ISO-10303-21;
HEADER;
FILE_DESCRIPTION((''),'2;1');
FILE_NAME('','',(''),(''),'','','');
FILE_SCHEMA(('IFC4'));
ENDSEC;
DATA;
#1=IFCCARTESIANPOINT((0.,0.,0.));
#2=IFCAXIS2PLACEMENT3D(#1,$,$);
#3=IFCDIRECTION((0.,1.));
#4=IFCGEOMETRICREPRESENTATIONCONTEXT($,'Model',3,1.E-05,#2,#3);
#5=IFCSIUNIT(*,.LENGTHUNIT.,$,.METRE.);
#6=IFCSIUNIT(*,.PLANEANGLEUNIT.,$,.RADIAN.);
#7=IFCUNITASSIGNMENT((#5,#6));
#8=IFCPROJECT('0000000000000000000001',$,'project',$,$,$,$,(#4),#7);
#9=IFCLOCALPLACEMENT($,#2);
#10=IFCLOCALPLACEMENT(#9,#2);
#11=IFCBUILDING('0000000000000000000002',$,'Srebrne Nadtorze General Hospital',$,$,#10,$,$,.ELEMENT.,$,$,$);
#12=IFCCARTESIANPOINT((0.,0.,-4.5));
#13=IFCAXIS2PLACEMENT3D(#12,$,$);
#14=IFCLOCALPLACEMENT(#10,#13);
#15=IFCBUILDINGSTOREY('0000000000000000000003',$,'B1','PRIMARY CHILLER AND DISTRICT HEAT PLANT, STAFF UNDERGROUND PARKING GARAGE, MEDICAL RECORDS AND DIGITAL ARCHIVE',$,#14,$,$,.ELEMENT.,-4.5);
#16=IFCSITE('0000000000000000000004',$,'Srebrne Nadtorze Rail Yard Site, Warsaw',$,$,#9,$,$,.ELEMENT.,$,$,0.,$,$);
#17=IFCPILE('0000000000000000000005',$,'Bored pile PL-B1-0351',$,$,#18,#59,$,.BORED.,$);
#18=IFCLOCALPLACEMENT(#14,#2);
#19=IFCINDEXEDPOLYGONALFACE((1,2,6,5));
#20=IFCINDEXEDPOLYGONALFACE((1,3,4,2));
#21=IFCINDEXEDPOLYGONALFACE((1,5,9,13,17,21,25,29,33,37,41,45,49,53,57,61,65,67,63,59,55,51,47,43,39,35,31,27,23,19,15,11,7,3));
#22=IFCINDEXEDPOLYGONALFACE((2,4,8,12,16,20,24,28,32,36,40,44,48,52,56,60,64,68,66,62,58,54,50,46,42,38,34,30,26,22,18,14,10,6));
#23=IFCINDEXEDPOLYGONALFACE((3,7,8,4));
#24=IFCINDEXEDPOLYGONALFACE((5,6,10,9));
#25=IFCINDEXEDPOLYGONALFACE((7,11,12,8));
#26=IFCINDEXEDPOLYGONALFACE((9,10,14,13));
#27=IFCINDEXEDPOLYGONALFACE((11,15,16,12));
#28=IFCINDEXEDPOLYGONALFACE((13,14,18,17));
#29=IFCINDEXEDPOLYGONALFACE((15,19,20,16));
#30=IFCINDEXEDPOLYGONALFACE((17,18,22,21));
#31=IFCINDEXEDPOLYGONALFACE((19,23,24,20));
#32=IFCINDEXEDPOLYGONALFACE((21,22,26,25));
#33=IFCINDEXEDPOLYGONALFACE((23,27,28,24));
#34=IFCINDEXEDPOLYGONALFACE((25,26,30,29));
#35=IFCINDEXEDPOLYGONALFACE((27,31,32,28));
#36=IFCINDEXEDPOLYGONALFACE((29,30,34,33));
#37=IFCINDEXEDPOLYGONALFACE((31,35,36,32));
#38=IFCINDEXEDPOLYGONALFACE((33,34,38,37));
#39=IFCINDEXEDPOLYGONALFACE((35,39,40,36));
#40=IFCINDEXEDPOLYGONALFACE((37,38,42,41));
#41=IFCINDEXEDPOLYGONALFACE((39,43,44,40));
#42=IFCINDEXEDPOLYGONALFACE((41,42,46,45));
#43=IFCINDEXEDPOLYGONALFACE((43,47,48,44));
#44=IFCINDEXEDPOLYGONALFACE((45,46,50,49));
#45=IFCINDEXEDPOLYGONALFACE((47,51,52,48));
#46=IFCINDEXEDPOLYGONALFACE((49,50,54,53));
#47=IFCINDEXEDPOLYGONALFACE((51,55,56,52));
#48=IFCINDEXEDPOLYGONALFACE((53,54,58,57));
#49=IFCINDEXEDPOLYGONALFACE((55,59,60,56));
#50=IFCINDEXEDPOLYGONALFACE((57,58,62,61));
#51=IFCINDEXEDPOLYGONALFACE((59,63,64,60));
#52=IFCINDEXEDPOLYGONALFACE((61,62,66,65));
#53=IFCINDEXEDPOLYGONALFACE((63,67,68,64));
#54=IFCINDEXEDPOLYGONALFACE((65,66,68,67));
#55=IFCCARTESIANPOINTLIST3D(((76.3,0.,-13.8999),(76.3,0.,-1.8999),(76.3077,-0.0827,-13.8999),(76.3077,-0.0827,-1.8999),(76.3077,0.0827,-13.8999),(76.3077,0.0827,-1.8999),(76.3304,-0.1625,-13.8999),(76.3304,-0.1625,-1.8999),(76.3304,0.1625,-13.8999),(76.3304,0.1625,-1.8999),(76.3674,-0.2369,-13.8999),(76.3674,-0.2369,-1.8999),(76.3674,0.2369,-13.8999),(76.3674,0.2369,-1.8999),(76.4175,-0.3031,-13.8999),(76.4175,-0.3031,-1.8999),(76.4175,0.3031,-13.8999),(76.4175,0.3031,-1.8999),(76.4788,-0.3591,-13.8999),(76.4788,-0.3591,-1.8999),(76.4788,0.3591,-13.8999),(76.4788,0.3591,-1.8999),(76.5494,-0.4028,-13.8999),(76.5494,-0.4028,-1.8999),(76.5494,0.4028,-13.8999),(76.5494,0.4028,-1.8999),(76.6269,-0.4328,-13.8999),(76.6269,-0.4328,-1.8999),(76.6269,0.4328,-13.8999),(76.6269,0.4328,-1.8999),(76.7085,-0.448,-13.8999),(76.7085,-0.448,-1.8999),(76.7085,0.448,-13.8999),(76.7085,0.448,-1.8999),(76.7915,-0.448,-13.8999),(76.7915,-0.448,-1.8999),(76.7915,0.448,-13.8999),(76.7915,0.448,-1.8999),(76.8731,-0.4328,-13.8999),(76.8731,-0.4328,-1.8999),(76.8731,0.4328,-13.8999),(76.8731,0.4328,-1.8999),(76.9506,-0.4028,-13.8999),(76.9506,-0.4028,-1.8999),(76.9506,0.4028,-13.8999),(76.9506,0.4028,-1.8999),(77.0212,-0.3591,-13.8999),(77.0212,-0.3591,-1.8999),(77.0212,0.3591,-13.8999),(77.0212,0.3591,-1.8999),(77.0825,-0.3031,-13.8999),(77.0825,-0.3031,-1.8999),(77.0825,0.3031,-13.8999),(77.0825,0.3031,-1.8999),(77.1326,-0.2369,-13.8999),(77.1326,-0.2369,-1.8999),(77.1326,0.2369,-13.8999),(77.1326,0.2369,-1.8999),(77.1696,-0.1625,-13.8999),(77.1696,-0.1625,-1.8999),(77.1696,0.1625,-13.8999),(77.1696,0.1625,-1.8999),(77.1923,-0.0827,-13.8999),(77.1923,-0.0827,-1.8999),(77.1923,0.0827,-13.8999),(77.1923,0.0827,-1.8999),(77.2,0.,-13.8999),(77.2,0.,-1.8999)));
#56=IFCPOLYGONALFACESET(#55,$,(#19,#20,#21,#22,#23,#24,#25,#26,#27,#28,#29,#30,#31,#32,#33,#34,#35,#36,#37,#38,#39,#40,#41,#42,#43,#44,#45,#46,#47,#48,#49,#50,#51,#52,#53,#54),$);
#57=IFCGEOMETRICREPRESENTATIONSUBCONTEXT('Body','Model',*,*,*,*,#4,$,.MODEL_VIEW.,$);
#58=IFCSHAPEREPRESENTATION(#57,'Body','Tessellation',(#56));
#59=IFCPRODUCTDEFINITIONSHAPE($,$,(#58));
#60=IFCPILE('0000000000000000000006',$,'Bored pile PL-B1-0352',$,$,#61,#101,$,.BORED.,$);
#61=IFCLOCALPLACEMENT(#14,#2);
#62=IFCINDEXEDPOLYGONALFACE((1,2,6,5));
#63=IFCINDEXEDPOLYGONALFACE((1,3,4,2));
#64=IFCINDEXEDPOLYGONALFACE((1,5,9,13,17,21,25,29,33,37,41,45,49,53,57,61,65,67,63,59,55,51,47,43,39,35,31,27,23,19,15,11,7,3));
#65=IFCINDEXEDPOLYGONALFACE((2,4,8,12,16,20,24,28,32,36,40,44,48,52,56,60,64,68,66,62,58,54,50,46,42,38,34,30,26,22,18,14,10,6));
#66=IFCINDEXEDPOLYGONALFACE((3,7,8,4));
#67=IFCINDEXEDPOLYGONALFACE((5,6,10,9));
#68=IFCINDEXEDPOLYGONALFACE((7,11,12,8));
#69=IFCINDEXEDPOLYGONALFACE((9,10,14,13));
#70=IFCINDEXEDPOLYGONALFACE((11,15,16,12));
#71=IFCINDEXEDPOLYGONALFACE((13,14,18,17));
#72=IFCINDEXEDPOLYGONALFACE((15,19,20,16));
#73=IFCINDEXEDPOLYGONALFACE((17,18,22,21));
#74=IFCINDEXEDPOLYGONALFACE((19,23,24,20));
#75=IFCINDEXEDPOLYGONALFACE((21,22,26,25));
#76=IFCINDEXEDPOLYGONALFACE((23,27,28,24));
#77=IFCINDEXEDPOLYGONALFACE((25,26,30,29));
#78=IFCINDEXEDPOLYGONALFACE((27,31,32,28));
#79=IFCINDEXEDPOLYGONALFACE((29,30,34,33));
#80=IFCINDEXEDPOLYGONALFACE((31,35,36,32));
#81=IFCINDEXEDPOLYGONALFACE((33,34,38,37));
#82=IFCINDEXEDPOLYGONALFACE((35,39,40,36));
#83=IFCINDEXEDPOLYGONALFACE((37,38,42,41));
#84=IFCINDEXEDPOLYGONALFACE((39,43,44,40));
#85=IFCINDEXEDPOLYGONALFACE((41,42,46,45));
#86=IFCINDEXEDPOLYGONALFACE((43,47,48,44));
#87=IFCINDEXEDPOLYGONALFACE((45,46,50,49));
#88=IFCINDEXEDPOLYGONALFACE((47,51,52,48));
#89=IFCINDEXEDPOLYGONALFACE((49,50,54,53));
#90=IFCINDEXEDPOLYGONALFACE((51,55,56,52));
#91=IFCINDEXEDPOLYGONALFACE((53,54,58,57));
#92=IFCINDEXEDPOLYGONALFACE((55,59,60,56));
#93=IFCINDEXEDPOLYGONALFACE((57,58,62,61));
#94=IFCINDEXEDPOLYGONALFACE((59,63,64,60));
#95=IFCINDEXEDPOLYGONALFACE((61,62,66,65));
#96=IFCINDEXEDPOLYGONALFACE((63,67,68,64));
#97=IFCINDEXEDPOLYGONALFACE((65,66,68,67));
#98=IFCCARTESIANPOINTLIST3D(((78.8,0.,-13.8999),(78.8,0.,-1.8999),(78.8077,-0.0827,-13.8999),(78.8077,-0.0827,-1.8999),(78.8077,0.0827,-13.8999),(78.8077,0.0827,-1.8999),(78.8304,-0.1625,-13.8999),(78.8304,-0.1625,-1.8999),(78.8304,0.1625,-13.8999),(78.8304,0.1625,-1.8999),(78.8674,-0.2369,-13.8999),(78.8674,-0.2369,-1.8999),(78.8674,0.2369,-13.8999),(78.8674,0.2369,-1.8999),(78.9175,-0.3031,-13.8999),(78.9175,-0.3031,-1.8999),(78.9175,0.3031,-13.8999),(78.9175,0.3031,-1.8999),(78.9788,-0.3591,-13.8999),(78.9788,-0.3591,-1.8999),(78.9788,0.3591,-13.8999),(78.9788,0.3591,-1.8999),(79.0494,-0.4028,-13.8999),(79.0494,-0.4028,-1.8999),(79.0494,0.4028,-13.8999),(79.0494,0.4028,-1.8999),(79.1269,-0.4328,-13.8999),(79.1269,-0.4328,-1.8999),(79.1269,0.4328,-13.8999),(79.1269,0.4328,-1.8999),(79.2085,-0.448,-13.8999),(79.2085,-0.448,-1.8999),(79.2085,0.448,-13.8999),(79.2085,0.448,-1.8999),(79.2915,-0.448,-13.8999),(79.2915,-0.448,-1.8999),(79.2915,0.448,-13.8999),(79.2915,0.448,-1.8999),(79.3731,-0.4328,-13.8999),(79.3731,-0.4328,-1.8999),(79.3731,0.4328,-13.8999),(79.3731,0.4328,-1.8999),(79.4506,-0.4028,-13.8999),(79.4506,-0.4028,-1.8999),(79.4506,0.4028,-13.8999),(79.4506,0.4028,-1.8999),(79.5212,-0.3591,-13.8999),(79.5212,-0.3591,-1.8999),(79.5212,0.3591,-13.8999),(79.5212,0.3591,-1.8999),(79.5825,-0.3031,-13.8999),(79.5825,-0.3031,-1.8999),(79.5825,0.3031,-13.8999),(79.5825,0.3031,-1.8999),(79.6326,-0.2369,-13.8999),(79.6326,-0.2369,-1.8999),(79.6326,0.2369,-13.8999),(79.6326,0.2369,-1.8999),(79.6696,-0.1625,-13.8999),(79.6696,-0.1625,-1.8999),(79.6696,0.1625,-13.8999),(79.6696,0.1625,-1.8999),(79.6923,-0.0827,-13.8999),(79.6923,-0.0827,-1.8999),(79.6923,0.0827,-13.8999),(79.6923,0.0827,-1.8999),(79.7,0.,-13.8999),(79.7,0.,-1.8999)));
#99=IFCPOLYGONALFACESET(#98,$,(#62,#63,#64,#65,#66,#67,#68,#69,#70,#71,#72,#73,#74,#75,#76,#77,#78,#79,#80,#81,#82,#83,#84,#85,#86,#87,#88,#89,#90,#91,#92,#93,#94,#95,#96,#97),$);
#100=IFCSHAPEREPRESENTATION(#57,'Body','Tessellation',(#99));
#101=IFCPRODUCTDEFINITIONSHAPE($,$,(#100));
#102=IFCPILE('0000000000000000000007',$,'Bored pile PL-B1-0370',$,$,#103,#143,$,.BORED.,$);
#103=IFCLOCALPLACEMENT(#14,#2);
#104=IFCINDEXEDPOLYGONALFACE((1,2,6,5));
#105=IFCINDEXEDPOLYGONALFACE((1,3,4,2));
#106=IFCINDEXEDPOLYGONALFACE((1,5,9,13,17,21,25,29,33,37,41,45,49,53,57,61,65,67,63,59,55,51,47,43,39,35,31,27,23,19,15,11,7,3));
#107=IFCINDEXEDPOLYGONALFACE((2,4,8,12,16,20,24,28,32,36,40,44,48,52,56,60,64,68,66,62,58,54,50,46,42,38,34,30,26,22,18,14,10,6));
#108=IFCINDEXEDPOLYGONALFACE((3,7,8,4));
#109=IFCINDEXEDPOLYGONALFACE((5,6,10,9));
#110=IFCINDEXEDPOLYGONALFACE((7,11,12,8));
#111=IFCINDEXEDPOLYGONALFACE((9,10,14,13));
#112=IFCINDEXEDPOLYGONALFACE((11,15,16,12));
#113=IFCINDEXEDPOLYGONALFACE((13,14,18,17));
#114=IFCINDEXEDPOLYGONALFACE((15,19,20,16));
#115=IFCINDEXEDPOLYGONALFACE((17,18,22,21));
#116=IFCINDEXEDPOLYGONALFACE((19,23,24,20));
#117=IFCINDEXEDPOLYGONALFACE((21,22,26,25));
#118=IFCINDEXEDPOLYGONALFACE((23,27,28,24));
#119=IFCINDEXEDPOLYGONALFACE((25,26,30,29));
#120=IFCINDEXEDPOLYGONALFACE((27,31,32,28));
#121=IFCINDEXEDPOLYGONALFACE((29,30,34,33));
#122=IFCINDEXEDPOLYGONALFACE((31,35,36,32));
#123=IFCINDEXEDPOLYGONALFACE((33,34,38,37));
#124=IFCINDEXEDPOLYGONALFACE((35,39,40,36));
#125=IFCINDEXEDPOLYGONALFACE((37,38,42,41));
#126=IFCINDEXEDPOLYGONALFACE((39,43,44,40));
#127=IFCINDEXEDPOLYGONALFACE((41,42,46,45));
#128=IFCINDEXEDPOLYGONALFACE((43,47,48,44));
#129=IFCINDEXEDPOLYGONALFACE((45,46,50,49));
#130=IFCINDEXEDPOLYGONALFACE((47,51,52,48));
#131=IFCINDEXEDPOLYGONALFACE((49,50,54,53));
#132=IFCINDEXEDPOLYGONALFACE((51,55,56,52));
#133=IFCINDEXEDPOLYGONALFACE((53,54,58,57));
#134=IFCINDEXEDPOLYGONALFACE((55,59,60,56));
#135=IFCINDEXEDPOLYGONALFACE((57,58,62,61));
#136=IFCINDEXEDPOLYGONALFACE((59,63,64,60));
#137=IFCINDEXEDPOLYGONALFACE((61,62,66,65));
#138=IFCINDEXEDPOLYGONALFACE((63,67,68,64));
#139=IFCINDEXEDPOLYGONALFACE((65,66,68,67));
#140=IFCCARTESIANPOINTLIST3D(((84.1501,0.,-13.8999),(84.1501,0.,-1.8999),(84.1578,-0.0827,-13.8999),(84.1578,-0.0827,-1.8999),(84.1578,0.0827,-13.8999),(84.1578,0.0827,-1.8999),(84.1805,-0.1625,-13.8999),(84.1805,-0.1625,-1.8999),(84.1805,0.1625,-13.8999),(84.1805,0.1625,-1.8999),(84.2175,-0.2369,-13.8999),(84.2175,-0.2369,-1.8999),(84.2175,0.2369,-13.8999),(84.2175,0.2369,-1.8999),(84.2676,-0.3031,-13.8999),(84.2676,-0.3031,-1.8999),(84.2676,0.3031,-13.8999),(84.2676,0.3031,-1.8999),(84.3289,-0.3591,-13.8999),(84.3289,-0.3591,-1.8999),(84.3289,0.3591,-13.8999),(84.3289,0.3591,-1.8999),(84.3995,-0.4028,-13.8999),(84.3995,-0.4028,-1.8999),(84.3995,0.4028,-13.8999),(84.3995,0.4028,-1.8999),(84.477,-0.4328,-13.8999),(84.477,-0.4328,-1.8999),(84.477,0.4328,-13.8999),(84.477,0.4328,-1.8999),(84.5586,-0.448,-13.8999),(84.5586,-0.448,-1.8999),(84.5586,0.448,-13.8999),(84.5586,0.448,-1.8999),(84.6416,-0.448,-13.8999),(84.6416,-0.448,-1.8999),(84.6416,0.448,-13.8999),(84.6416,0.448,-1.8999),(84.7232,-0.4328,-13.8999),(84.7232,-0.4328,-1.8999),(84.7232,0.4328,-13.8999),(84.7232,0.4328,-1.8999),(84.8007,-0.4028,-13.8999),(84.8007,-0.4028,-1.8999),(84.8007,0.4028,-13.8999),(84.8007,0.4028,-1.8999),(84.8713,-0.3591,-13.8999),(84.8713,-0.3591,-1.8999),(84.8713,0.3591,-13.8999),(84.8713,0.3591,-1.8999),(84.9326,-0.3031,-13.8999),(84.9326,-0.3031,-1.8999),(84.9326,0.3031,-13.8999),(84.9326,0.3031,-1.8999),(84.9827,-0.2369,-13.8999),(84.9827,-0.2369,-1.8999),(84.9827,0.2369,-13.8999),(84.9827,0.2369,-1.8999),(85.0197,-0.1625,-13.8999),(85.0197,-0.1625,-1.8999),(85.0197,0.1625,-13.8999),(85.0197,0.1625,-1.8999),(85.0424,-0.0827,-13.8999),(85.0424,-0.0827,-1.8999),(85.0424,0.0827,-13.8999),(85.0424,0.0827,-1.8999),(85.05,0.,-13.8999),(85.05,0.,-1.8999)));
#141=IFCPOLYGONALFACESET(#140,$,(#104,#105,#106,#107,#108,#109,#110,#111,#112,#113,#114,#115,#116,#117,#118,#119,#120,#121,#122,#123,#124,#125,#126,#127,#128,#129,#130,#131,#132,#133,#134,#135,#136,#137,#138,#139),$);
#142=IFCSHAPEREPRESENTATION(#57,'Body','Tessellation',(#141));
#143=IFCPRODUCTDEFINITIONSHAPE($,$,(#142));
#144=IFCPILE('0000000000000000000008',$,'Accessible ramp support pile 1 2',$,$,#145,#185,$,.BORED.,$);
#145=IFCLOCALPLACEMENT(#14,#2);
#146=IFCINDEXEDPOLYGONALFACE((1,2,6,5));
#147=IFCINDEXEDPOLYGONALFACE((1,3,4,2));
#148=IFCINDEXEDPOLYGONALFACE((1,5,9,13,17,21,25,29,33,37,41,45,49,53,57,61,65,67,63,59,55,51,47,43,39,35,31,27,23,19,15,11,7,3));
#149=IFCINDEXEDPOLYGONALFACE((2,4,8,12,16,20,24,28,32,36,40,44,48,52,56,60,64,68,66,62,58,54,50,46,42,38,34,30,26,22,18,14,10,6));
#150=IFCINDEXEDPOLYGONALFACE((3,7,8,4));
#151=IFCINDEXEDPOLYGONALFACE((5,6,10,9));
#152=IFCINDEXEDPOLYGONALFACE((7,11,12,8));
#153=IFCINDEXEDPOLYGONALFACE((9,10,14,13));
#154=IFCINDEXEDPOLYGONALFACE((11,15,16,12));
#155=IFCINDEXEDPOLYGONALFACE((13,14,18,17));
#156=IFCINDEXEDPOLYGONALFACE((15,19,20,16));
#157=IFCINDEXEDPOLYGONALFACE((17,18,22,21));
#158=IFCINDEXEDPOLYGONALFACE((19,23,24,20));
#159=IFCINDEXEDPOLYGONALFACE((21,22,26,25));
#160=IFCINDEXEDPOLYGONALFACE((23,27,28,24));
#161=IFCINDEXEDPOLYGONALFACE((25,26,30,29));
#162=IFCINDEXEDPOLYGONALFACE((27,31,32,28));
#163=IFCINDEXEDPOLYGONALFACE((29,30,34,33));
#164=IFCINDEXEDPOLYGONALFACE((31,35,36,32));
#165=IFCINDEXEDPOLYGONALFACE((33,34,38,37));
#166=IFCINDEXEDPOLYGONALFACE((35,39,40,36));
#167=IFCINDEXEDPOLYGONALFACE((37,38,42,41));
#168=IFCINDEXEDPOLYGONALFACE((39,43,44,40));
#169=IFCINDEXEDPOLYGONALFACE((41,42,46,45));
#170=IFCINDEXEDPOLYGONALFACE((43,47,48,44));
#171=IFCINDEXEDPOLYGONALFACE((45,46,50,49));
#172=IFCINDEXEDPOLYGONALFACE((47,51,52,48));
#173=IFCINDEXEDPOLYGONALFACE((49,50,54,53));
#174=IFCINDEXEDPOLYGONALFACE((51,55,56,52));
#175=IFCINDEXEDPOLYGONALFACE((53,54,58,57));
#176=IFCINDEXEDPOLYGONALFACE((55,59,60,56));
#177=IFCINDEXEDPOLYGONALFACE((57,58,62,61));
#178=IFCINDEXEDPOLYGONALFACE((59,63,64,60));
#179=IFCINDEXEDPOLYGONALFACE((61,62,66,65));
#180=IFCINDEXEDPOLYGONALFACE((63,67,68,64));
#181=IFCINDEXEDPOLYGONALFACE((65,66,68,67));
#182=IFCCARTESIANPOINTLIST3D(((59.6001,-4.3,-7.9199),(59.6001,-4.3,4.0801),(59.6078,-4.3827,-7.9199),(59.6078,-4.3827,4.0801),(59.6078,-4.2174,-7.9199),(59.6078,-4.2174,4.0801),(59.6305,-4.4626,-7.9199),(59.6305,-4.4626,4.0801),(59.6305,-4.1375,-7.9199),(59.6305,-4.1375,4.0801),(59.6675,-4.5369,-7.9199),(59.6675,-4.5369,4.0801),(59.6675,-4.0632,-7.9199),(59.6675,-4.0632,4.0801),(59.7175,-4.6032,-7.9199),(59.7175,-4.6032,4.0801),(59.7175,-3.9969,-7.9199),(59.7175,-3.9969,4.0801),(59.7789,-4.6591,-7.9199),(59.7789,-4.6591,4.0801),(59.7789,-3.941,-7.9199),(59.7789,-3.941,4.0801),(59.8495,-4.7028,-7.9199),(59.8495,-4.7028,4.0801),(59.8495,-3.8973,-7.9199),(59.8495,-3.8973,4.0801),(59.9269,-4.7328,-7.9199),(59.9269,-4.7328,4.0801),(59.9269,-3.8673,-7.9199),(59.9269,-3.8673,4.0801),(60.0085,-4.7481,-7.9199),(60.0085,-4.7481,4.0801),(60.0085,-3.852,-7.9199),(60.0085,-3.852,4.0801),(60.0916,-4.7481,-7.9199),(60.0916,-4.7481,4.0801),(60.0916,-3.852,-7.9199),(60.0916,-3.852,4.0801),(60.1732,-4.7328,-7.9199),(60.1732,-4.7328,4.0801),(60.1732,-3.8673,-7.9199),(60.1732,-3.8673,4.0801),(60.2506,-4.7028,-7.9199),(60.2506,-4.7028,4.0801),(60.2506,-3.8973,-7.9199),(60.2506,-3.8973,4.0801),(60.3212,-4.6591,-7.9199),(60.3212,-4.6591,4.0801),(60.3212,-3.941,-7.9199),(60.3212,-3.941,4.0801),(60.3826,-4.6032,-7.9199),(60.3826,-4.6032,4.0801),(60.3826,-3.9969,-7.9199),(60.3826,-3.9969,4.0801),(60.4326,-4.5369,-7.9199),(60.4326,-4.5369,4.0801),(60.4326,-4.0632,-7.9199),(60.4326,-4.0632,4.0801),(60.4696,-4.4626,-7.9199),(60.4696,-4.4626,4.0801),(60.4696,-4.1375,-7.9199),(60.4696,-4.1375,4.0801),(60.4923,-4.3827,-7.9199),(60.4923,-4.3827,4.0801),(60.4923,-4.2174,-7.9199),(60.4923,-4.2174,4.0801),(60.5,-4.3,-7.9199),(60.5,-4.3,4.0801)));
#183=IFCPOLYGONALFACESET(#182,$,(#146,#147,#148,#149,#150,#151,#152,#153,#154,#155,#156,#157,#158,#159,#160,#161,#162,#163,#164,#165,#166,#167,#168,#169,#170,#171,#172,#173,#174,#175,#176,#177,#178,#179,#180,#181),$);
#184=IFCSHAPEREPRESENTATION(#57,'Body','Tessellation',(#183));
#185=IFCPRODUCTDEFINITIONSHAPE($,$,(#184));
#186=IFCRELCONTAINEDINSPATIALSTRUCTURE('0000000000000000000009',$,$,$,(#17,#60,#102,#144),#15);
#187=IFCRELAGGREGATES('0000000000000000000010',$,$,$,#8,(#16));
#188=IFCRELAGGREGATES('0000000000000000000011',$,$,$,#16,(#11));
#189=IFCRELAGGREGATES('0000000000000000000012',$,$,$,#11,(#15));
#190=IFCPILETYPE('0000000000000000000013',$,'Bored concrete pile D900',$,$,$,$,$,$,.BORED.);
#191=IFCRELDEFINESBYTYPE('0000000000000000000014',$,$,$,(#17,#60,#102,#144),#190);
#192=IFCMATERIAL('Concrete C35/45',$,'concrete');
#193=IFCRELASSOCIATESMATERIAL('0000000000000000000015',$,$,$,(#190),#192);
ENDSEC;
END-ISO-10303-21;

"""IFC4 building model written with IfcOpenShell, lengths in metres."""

from ifc_helpers import new_model, si_unit, direction, frame, origin, origin_2d, place, context, subcontext, project, spatial, circle, extrude, material, material_profile, profile_set, type_object, element, save


model = new_model("IFC4")

# Units and contexts
model_context = context("Model", 3, precision=1e-05, world=origin(), true_north=direction((0.0, 1.0)))
body_context = subcontext(model_context, "Body", "Model", "MODEL_VIEW")
ifc_project = project(units=[si_unit("LENGTHUNIT", "METRE"), si_unit("PLANEANGLEUNIT", "RADIAN")], contexts=[model_context])

# Site, building, storey
site_placement = place(None, origin())
site = spatial("IfcSite", under=ifc_project, at=site_placement, Name="Srebrne Nadtorze Rail Yard Site, Warsaw", CompositionType="ELEMENT", RefElevation=0.0)
building_placement = place(site_placement, origin())
building = spatial("IfcBuilding", under=site, at=building_placement, Name="Srebrne Nadtorze General Hospital", CompositionType="ELEMENT")
storey_placement = place(building_placement, frame((0.0, 0.0, -4.5)))
storey = spatial("IfcBuildingStorey", under=building, at=storey_placement, Name="B1", Description="PRIMARY CHILLER AND DISTRICT HEAT PLANT, STAFF UNDERGROUND PARKING GARAGE, MEDICAL RECORDS AND DIGITAL ARCHIVE", CompositionType="ELEMENT", Elevation=-4.5)

# Piles
ifc_material_1 = material(Name="Concrete C35/45", Category="concrete")
ifc_material_profile_1 = material_profile(ifc_material_1, circle(Radius=0.45, at=origin_2d()), Name="PILE-D900")
ifc_profile_set_1 = profile_set([ifc_material_profile_1], Name="Concrete C35/45")
pile_type_1 = type_object("IfcPileType", Name="Bored concrete pile D900", PredefinedType="BORED", material=ifc_profile_set_1)
for number, where, z_axis, x_axis, name in (
    (1, (76.75, 0.0, -1.8999), (0.0, 0.0, -1.0), (1.0, 0.0, 0.0), "Bored pile PL-B1-0351"),
    (2, (79.25, 0.0, -1.8999), (0.0, 0.0, -1.0), (1.0, 0.0, 0.0), "Bored pile PL-B1-0352"),
    (3, (84.6001, 0.0, -1.8999), (0.0, 0.0, -1.0), (1.0, 0.0, 0.0), "Bored pile PL-B1-0370"),
    (4, (60.05, -4.3, 4.0801), (0.0, 0.0, -1.0), (1.0, 0.0, 0.0), "Accessible ramp support pile 1 2"),
):
    element("IfcPile", number, at=place(storey_placement, frame(where, z_axis=z_axis, x_axis=x_axis)), inside=storey, type_object=pile_type_1, Name=name, PredefinedType="BORED", context=body_context, shape_type="SweptSolid", body=[
        extrude(circle(Radius=0.45, at=origin_2d()), origin(), (0.0, 0.0, 1.0), 12.0),
    ])

save(model, "model.ifc")
